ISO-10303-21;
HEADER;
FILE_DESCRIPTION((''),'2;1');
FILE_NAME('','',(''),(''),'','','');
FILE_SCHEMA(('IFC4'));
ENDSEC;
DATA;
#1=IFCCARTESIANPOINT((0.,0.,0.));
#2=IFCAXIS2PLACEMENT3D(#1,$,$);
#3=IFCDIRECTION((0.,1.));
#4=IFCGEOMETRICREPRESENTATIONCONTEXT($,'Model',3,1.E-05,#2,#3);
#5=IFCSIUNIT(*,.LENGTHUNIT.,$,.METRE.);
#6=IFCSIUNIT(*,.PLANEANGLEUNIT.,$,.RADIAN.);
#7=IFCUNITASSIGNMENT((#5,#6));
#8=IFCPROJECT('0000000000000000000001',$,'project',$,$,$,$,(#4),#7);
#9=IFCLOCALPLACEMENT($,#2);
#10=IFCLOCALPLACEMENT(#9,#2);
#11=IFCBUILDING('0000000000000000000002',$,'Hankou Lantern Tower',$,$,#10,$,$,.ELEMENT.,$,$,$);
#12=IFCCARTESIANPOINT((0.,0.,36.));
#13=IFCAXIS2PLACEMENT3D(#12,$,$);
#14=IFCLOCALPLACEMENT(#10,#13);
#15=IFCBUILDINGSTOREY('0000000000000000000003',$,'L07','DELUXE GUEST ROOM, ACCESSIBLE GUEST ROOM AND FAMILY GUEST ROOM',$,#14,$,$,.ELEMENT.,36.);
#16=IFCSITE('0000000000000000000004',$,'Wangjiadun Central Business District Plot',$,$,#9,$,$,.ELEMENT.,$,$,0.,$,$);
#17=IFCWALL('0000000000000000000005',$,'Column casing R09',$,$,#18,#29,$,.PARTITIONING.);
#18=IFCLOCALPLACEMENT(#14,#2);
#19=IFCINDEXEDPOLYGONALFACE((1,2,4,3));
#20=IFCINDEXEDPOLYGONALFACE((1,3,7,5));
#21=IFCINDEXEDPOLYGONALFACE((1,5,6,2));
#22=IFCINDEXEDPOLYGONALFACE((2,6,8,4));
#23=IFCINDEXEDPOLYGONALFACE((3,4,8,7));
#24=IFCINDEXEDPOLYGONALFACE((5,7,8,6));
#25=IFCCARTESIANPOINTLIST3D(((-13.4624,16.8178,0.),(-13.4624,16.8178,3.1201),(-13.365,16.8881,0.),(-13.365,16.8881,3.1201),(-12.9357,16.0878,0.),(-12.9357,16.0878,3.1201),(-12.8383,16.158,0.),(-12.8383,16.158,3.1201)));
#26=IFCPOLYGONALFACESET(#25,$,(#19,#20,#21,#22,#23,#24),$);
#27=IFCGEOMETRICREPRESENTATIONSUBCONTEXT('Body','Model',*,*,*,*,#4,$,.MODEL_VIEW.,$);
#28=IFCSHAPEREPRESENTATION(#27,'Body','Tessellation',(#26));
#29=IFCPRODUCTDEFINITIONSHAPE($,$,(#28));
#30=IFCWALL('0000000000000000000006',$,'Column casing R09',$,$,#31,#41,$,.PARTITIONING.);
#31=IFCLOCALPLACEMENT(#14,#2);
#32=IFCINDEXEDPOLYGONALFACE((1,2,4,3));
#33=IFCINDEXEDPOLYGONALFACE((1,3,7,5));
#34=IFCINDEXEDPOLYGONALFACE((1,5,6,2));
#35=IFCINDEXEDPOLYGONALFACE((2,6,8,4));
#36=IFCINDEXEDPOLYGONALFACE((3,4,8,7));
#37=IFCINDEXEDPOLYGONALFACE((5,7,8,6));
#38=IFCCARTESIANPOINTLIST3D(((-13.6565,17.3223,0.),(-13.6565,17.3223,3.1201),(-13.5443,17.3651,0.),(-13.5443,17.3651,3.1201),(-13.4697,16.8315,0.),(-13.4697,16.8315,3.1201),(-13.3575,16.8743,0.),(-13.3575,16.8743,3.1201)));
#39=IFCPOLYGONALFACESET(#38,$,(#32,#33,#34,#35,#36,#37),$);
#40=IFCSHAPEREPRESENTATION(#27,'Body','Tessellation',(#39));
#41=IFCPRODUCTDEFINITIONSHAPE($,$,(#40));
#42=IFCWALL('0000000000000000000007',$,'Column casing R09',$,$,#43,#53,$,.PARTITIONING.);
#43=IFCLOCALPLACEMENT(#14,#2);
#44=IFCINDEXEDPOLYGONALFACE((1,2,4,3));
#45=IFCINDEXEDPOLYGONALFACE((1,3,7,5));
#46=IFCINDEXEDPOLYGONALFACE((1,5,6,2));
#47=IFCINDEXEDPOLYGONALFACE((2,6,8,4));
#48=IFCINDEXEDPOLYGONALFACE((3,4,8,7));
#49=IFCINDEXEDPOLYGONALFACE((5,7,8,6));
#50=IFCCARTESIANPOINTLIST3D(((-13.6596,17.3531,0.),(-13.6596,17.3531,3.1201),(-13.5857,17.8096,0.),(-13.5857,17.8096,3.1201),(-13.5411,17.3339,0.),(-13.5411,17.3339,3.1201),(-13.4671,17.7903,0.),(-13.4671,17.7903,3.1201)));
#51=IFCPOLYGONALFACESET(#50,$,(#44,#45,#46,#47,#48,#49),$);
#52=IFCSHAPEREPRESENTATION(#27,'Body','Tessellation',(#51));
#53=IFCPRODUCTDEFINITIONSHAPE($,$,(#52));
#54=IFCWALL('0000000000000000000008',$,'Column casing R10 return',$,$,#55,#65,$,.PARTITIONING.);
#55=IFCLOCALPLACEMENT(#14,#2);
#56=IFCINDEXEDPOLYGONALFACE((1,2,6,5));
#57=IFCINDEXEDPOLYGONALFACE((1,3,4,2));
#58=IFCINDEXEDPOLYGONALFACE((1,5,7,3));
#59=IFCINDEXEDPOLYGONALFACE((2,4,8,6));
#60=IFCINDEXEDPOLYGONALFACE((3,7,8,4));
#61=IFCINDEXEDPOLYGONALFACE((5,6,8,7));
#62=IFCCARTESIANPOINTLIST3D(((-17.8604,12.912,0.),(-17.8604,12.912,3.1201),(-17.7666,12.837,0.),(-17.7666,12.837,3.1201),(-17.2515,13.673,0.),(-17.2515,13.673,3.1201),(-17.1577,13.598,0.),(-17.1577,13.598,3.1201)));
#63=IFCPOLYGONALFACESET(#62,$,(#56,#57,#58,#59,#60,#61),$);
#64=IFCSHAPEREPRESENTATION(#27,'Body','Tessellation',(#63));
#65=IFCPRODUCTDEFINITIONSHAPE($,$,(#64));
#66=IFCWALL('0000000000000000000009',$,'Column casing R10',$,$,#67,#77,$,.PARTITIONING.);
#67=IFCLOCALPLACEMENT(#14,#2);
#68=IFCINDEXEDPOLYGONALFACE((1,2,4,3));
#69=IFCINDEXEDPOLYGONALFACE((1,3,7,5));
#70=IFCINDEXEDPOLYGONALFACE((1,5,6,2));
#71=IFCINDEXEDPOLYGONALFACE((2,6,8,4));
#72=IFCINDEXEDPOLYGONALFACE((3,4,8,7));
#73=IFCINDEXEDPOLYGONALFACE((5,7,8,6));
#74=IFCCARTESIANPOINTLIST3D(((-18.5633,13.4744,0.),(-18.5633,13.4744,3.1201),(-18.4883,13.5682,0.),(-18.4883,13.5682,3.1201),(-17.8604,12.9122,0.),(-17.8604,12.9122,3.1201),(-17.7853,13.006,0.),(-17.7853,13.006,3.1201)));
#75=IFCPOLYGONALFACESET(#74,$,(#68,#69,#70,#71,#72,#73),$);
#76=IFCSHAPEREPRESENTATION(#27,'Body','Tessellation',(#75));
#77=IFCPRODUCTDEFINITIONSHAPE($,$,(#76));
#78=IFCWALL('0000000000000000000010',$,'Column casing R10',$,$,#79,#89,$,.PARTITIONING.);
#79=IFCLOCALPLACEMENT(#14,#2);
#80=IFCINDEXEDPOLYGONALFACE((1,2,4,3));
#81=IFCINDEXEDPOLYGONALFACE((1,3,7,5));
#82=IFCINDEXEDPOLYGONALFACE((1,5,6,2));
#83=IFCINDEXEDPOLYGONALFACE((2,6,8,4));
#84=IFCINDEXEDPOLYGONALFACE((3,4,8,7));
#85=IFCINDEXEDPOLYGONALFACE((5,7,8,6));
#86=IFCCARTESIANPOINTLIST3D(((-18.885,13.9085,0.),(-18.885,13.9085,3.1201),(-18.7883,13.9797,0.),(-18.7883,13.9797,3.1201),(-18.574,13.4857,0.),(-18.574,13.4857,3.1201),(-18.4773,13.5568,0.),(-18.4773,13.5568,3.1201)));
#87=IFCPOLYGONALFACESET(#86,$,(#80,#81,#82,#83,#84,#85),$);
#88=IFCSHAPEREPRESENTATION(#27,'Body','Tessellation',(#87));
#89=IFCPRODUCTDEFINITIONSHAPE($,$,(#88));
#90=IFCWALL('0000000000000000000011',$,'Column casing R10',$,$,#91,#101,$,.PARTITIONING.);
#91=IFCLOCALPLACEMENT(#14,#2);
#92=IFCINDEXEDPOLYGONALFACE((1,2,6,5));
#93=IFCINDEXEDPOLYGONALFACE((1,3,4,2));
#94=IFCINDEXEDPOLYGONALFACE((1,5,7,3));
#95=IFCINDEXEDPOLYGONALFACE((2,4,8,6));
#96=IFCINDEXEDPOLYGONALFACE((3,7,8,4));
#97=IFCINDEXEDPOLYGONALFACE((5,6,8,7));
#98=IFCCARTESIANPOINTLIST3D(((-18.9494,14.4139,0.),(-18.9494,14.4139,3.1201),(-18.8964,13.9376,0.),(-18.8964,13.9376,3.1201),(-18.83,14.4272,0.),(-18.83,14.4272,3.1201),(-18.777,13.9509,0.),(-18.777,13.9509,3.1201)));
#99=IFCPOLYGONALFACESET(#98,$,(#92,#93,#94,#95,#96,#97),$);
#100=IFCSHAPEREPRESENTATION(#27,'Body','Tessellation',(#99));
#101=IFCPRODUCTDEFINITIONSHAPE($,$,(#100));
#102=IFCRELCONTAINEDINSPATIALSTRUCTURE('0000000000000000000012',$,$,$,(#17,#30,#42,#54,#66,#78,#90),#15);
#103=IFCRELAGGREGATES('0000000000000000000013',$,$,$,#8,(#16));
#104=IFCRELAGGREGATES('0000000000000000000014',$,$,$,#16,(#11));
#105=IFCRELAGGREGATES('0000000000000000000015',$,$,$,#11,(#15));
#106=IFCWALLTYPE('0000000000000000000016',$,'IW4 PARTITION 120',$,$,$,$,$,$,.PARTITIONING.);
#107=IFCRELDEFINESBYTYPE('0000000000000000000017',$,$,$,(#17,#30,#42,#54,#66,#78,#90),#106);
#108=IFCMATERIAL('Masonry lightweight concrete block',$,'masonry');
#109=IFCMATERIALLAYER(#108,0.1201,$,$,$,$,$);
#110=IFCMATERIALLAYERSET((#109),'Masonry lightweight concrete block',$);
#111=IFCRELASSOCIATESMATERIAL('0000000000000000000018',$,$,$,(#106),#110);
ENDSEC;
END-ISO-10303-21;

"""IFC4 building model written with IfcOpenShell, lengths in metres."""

from ifc_helpers import new_model, si_unit, direction, frame, frame_2d, origin, place, context, subcontext, project, spatial, rectangle, extrude, material, layer, layer_set, type_object, element, save


model = new_model("IFC4")

# Units and contexts
model_context = context("Model", 3, precision=1e-05, world=origin(), true_north=direction((0.0, 1.0)))
body_context = subcontext(model_context, "Body", "Model", "MODEL_VIEW")
ifc_project = project(units=[si_unit("LENGTHUNIT", "METRE"), si_unit("PLANEANGLEUNIT", "RADIAN")], contexts=[model_context])

# Site, building, storey
site_placement = place(None, origin())
site = spatial("IfcSite", under=ifc_project, at=site_placement, Name="Wangjiadun Central Business District Plot", CompositionType="ELEMENT", RefElevation=0.0)
building_placement = place(site_placement, origin())
building = spatial("IfcBuilding", under=site, at=building_placement, Name="Hankou Lantern Tower", CompositionType="ELEMENT")
storey_placement = place(building_placement, frame((0.0, 0.0, 36.0)))
storey = spatial("IfcBuildingStorey", under=building, at=storey_placement, Name="L07", Description="DELUXE GUEST ROOM, ACCESSIBLE GUEST ROOM AND FAMILY GUEST ROOM", CompositionType="ELEMENT", Elevation=36.0)

# Walls
ifc_material_1 = material(Name="Masonry lightweight concrete block", Category="masonry")
ifc_layer_1 = layer(ifc_material_1, 0.1201)
ifc_layer_set_1 = layer_set([ifc_layer_1], Name="Masonry lightweight concrete block")
wall_type_1 = type_object("IfcWallType", Name="IW4 PARTITION 120", PredefinedType="PARTITIONING", material=ifc_layer_set_1)
wall_1_placement = place(storey_placement, frame((-12.887, 16.1228, 0.0), z_axis=(0.0, 0.0, 1.0), x_axis=(-0.585055, 0.810994, 0.0)))
element("IfcWall", 1, at=wall_1_placement, inside=storey, type_object=wall_type_1, Name="Column casing R09", PredefinedType="PARTITIONING", context=body_context, shape_type="SweptSolid", body=[
    extrude(rectangle(XDim=0.9001, YDim=0.1201, at=frame_2d((0.4502, 0.0))), origin(), (0.0, 0.0, 1.0), 3.1201),
])
wall_2_placement = place(storey_placement, frame((-13.4136, 16.8528, 0.0), z_axis=(0.0, 0.0, 1.0), x_axis=(-0.355705, 0.934598, 0.0)))
element("IfcWall", 2, at=wall_2_placement, inside=storey, type_object=wall_type_1, Name="Column casing R09", PredefinedType="PARTITIONING", context=body_context, shape_type="SweptSolid", body=[
    extrude(rectangle(XDim=0.5251, YDim=0.1201, at=frame_2d((0.2627, 0.0))), origin(), (0.0, 0.0, 1.0), 3.1201),
])
wall_3_placement = place(storey_placement, frame((-13.6003, 17.3435, 0.0), z_axis=(0.0, 0.0, 1.0), x_axis=(0.159946, 0.987126, 0.0)))
element("IfcWall", 3, at=wall_3_placement, inside=storey, type_object=wall_type_1, Name="Column casing R09", PredefinedType="PARTITIONING", context=body_context, shape_type="SweptSolid", body=[
    extrude(rectangle(XDim=0.4624, YDim=0.1201, at=frame_2d((0.2312, 0.0))), origin(), (0.0, 0.0, 1.0), 3.1201),
])
wall_4_placement = place(storey_placement, frame((-17.2046, 13.6355, 0.0), z_axis=(0.0, 0.0, 1.0), x_axis=(-0.624756, -0.78082, 0.0)))
element("IfcWall", 4, at=wall_4_placement, inside=storey, type_object=wall_type_1, Name="Column casing R10 return", PredefinedType="PARTITIONING", context=body_context, shape_type="SweptSolid", body=[
    extrude(rectangle(XDim=0.9746, YDim=0.1201, at=frame_2d((0.4873, 0.0))), origin(), (0.0, 0.0, 1.0), 3.1201),
])
wall_5_placement = place(storey_placement, frame((-17.8228, 12.959, 0.0), z_axis=(0.0, 0.0, 1.0), x_axis=(-0.780895, 0.624662, 0.0)))
element("IfcWall", 5, at=wall_5_placement, inside=storey, type_object=wall_type_1, Name="Column casing R10", PredefinedType="PARTITIONING", context=body_context, shape_type="SweptSolid", body=[
    extrude(rectangle(XDim=0.9001, YDim=0.1201, at=frame_2d((0.4502, 0.0))), origin(), (0.0, 0.0, 1.0), 3.1201),
])
wall_6_placement = place(storey_placement, frame((-18.5256, 13.5212, 0.0), z_axis=(0.0, 0.0, 1.0), x_axis=(-0.592533, 0.805547, 0.0)))
element("IfcWall", 6, at=wall_6_placement, inside=storey, type_object=wall_type_1, Name="Column casing R10", PredefinedType="PARTITIONING", context=body_context, shape_type="SweptSolid", body=[
    extrude(rectangle(XDim=0.5249, YDim=0.1201, at=frame_2d((0.2625, 0.0))), origin(), (0.0, 0.0, 1.0), 3.1201),
])
wall_7_placement = place(storey_placement, frame((-18.8367, 13.9441, 0.0), z_axis=(0.0, 0.0, 1.0), x_axis=(-0.110543, 0.993871, 0.0)))
element("IfcWall", 7, at=wall_7_placement, inside=storey, type_object=wall_type_1, Name="Column casing R10", PredefinedType="PARTITIONING", context=body_context, shape_type="SweptSolid", body=[
    extrude(rectangle(XDim=0.4792, YDim=0.1201, at=frame_2d((0.2397, 0.0))), origin(), (0.0, 0.0, 1.0), 3.1201),
])

save(model, "model.ifc")
